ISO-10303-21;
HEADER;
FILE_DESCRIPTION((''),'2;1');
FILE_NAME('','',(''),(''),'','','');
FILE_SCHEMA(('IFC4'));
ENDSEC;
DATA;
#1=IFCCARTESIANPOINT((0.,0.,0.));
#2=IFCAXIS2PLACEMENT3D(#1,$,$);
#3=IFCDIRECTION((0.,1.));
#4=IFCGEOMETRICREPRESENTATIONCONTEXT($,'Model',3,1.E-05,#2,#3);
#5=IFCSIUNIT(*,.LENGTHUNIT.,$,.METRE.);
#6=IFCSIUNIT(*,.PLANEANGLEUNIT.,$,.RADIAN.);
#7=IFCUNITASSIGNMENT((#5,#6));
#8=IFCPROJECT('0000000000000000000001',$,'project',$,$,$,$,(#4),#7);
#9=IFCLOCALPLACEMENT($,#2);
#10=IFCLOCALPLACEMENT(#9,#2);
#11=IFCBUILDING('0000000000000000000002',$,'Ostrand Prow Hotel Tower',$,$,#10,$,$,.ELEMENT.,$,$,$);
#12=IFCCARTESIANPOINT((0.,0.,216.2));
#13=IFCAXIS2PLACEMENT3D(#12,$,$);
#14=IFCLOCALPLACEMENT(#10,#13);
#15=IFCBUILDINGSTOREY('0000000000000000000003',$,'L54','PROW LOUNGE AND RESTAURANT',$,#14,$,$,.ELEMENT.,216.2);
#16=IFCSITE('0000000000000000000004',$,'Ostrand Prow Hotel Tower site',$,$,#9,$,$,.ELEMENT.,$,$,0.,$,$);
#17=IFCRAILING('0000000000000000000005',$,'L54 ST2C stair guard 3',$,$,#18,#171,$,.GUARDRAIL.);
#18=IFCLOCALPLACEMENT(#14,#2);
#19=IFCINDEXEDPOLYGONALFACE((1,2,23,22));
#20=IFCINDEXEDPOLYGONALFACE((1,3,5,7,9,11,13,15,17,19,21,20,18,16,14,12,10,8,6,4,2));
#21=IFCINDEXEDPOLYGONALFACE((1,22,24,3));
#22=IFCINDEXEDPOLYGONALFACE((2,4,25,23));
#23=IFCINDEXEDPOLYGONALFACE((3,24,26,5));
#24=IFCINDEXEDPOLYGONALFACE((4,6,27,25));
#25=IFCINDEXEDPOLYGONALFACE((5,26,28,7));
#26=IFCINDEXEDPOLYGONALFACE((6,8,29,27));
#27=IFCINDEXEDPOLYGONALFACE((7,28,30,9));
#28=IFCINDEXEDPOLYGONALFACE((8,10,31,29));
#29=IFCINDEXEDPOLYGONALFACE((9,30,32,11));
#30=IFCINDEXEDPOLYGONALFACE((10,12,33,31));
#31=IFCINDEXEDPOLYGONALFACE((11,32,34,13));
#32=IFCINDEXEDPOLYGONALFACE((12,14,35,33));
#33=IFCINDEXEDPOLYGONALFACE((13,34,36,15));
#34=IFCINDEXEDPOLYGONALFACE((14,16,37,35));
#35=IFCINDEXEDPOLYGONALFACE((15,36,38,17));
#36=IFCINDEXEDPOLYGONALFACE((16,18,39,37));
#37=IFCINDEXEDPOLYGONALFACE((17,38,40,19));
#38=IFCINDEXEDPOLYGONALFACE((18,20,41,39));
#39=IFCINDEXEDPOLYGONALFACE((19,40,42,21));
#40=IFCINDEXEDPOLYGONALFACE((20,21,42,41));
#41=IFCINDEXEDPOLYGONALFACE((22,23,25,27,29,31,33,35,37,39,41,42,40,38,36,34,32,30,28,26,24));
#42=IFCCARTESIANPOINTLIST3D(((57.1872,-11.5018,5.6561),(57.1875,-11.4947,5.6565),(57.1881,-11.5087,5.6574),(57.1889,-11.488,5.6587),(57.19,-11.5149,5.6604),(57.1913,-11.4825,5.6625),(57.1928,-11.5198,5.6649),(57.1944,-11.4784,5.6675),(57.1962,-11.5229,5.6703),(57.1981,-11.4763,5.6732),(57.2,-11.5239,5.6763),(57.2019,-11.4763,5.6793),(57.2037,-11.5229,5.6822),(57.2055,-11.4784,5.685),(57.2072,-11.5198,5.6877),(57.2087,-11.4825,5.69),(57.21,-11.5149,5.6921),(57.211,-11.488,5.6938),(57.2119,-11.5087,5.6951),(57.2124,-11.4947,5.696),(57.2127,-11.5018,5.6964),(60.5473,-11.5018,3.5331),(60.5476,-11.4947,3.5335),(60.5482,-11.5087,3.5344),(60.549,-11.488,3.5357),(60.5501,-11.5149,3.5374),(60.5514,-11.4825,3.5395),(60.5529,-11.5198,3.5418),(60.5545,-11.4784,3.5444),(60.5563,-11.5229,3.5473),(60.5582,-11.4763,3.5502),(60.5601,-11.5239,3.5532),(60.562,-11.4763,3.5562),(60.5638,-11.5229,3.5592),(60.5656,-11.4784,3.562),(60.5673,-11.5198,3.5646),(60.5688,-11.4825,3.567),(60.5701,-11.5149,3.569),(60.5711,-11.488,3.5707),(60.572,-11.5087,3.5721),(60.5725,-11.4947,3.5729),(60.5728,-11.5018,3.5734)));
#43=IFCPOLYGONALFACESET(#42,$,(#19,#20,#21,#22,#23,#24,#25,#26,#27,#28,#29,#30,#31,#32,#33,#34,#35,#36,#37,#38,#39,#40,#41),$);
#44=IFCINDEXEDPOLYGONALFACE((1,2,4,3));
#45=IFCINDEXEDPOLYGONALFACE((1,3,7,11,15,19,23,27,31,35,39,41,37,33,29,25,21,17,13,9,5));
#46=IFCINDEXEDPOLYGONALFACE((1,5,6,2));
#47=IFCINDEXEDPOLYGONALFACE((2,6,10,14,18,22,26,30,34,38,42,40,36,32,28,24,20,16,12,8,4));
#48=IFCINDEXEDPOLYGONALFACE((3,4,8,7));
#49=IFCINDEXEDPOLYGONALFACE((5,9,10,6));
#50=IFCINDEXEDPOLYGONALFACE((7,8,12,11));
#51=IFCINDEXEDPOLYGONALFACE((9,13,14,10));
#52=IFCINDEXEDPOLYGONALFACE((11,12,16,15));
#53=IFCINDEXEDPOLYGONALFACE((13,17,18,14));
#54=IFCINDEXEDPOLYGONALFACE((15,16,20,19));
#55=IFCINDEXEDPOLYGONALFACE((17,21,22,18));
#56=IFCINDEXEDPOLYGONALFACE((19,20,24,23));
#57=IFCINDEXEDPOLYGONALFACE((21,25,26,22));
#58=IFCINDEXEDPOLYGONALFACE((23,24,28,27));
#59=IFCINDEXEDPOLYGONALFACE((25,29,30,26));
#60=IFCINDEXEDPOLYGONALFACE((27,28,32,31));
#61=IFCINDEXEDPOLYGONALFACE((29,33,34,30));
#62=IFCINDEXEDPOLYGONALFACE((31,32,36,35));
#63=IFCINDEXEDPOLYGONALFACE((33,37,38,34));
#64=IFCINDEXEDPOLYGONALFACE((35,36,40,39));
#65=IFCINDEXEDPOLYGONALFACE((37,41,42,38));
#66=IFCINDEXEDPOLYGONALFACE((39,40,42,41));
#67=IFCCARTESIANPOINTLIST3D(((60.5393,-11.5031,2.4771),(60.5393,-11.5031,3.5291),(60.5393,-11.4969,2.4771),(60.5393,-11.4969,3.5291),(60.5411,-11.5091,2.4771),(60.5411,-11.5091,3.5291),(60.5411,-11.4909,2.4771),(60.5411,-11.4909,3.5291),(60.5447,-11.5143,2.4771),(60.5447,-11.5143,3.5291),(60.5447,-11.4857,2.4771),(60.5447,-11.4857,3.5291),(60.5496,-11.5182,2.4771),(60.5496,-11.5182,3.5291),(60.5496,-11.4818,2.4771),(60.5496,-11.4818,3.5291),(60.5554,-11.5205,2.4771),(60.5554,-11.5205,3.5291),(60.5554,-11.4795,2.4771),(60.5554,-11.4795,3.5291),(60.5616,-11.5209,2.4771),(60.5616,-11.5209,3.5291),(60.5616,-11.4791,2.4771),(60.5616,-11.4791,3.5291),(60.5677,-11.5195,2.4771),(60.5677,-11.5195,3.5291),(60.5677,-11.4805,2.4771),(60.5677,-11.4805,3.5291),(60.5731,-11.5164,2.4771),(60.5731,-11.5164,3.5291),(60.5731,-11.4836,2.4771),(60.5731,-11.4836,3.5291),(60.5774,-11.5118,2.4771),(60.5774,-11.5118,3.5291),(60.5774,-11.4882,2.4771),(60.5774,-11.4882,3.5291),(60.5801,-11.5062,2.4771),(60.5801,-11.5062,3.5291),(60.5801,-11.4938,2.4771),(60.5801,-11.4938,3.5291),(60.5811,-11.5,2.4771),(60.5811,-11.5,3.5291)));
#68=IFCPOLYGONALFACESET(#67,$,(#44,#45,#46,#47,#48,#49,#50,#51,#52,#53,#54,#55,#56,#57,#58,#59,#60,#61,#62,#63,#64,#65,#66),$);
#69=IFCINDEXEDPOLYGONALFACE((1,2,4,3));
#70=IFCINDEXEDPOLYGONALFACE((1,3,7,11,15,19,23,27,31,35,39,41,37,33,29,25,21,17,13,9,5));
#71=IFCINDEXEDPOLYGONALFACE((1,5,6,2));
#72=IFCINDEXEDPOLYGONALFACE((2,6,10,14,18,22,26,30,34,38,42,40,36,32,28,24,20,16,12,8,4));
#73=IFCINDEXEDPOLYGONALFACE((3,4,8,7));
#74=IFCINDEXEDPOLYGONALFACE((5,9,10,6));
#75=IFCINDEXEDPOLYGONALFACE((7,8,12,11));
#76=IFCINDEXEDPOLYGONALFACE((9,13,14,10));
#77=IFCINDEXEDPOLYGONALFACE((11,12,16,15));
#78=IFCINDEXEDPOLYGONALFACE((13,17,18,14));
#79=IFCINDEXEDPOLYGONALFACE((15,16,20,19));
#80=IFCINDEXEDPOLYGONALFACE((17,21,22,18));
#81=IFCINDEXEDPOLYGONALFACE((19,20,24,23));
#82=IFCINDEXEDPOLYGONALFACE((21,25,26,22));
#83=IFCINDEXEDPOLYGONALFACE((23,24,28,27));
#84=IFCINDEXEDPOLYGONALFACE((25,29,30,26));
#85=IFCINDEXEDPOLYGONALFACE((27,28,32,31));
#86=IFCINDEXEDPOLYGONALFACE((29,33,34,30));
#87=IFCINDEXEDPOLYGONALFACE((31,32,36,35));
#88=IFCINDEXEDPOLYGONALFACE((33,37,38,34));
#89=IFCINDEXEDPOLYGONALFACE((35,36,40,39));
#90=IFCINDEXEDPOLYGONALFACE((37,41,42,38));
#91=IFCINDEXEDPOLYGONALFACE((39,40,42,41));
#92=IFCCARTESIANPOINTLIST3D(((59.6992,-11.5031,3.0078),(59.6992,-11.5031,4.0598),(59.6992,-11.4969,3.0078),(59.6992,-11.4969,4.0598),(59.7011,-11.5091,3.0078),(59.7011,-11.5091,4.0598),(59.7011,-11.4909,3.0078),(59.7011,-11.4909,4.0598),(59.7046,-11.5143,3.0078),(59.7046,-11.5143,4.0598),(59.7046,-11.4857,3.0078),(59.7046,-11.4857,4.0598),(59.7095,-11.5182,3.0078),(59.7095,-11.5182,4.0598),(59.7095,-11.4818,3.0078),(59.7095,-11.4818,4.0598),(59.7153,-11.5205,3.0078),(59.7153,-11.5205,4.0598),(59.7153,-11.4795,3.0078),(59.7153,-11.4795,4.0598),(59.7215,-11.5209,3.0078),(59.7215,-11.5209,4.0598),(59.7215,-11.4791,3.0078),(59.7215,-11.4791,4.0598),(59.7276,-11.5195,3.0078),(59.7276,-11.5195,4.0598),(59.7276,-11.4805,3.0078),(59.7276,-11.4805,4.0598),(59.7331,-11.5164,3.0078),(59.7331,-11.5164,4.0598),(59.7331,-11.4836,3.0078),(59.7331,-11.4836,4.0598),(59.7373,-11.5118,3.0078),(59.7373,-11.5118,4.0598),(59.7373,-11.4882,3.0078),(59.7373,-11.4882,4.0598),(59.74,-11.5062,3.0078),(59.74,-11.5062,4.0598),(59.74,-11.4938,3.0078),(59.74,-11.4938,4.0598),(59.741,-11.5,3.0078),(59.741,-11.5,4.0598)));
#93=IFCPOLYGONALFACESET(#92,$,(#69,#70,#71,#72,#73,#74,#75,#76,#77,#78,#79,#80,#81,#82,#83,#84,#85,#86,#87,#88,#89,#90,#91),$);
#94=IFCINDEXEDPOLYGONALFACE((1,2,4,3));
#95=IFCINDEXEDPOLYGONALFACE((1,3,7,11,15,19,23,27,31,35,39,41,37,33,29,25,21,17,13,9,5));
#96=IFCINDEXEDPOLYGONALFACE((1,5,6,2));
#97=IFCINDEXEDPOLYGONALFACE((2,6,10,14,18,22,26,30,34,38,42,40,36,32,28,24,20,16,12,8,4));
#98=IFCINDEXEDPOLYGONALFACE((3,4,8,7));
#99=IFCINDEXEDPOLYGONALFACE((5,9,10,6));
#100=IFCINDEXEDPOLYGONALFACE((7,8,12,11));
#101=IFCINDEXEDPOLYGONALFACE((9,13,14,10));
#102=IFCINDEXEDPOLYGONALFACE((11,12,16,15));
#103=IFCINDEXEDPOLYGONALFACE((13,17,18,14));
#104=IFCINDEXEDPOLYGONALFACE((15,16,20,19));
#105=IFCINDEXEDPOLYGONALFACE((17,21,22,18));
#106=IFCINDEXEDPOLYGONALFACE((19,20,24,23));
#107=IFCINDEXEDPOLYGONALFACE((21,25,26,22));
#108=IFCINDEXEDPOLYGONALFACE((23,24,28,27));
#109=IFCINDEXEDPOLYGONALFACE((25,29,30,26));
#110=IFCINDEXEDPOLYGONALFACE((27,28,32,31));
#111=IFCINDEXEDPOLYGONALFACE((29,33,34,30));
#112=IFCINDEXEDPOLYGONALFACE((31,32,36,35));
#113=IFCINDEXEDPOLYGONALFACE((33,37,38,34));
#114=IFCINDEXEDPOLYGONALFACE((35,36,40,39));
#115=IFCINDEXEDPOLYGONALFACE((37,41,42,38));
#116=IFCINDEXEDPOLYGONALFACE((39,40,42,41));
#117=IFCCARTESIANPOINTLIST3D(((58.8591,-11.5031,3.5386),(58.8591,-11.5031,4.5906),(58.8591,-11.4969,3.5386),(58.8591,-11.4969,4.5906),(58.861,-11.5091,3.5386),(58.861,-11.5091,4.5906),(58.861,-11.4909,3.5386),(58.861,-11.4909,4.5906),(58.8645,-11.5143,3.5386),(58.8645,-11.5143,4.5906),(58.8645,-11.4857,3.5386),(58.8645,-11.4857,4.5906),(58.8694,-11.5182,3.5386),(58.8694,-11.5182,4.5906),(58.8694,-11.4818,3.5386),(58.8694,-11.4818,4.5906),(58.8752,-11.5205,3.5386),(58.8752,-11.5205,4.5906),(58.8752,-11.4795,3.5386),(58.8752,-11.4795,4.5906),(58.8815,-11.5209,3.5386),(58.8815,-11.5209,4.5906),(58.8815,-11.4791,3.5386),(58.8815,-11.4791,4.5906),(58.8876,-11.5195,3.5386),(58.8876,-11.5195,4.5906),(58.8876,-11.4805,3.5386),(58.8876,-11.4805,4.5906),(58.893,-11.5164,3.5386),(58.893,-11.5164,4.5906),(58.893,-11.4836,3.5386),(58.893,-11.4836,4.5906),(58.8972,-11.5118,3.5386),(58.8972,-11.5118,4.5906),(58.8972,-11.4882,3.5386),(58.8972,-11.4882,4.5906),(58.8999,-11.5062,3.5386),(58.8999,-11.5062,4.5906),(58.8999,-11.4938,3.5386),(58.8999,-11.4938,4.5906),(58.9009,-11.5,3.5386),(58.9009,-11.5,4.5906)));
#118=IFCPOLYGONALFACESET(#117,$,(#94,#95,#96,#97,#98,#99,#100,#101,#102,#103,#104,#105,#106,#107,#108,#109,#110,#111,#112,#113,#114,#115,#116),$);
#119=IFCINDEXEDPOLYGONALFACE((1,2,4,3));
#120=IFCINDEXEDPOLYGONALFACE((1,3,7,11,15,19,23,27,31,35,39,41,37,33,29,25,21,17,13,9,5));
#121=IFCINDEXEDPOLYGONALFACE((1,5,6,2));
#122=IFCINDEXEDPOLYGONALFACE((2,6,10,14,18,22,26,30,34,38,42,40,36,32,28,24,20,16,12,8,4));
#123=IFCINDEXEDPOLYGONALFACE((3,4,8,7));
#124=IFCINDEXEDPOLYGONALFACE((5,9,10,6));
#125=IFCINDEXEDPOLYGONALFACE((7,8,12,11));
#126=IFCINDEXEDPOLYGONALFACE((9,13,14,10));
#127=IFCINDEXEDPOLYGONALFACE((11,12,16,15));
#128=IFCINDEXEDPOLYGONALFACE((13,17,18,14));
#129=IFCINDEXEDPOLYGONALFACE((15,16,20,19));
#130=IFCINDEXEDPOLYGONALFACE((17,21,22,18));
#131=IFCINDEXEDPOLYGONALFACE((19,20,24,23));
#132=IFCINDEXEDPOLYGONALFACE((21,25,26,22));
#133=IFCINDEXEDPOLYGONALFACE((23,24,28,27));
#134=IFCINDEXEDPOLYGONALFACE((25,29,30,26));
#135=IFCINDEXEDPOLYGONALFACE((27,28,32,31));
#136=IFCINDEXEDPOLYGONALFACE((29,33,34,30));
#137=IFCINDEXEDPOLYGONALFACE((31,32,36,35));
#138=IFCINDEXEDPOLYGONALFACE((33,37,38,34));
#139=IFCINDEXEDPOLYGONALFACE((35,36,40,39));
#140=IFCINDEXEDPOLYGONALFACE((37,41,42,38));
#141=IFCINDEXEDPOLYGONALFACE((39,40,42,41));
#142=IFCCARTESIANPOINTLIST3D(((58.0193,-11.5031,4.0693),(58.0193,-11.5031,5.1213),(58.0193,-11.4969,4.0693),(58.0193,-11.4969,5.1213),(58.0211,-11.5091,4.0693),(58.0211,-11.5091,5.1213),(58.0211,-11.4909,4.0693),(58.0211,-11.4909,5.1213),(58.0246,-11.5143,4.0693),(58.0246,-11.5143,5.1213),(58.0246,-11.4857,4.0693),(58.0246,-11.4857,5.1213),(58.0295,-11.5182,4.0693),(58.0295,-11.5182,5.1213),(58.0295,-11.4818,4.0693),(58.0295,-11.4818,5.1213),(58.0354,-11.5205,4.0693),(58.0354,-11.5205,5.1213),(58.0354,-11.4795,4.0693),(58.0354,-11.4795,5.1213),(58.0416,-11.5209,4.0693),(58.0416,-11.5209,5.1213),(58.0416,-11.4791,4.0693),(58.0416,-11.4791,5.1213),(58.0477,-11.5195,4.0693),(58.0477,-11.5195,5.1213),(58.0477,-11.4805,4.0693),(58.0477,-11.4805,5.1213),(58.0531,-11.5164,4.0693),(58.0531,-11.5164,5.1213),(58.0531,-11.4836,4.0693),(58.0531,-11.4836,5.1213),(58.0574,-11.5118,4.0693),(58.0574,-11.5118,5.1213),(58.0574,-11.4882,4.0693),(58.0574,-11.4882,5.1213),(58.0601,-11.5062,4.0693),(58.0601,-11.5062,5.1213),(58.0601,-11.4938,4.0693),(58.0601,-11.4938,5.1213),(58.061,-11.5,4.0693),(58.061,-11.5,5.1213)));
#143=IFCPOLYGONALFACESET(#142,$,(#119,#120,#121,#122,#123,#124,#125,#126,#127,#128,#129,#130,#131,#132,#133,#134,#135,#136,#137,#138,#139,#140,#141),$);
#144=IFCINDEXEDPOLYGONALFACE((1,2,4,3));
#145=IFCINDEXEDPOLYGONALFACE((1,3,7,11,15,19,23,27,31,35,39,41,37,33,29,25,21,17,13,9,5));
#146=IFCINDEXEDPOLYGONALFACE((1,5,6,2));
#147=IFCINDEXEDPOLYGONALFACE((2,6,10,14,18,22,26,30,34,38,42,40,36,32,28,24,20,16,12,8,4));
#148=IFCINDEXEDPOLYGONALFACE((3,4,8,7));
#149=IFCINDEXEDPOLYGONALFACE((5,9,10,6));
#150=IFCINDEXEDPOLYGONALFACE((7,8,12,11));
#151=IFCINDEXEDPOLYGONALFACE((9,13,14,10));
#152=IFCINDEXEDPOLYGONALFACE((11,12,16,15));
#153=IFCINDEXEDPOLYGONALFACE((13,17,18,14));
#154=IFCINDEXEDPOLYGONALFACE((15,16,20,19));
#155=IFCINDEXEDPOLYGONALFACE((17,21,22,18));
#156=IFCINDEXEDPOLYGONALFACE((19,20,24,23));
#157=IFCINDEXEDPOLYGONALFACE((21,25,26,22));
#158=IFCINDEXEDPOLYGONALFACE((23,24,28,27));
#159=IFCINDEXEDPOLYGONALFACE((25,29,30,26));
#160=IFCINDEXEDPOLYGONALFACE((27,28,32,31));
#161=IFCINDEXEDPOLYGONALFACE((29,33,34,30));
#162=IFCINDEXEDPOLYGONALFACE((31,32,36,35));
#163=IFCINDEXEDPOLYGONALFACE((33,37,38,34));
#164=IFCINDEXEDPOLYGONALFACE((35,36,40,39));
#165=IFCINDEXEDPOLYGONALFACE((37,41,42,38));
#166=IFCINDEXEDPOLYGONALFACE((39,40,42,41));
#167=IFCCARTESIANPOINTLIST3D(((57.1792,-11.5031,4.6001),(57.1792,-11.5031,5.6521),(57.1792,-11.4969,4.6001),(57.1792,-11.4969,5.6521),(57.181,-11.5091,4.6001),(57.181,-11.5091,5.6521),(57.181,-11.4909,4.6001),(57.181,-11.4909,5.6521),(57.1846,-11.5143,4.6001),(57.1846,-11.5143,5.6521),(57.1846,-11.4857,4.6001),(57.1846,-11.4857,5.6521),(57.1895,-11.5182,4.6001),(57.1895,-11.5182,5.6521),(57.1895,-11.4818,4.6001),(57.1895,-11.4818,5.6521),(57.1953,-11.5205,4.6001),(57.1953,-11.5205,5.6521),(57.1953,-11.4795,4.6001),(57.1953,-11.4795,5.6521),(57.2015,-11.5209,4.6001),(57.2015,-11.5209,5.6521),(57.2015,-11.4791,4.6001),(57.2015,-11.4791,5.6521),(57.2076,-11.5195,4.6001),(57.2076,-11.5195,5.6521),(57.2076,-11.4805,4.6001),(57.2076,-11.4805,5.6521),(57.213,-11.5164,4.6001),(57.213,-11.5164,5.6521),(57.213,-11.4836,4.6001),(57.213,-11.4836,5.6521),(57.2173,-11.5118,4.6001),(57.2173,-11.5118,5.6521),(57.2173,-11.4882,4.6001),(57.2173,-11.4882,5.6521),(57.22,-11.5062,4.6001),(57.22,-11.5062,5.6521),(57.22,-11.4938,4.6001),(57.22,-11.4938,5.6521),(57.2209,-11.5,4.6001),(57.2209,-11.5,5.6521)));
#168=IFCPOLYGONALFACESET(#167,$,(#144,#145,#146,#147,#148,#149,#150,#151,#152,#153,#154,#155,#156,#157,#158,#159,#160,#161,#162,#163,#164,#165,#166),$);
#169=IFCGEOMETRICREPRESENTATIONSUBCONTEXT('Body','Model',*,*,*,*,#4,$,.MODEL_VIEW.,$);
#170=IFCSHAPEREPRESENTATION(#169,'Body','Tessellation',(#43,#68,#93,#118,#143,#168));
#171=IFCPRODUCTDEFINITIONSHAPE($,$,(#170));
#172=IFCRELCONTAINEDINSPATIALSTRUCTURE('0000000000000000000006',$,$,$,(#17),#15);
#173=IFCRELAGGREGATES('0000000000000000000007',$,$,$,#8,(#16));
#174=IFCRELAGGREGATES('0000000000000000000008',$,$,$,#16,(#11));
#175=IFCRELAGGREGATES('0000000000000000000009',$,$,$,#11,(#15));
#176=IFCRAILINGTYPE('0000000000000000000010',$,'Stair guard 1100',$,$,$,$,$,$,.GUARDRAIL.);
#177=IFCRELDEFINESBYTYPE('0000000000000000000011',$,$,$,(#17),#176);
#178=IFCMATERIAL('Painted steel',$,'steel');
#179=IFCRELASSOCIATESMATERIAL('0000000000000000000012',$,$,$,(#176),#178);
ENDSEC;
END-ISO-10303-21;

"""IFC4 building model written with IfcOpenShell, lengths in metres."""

from ifc_helpers import new_model, si_unit, direction, frame, origin, origin_2d, place, context, subcontext, project, spatial, circle, extrude, material, type_object, element, save


model = new_model("IFC4")

# Units and contexts
model_context = context("Model", 3, precision=1e-05, world=origin(), true_north=direction((0.0, 1.0)))
body_context = subcontext(model_context, "Body", "Model", "MODEL_VIEW")
ifc_project = project(units=[si_unit("LENGTHUNIT", "METRE"), si_unit("PLANEANGLEUNIT", "RADIAN")], contexts=[model_context])

# Site, building, storey
site_placement = place(None, origin())
site = spatial("IfcSite", under=ifc_project, at=site_placement, Name="Ostrand Prow Hotel Tower site", CompositionType="ELEMENT", RefElevation=0.0)
building_placement = place(site_placement, origin())
building = spatial("IfcBuilding", under=site, at=building_placement, Name="Ostrand Prow Hotel Tower", CompositionType="ELEMENT")
storey_placement = place(building_placement, frame((0.0, 0.0, 216.2)))
storey = spatial("IfcBuildingStorey", under=building, at=storey_placement, Name="L54", Description="PROW LOUNGE AND RESTAURANT", CompositionType="ELEMENT", Elevation=216.2)

# Railing
ifc_material_1 = material(Name="Painted steel", Category="steel")
railing_type_1 = type_object("IfcRailingType", Name="Stair guard 1100", PredefinedType="GUARDRAIL", material=ifc_material_1)
railing_1_placement = place(storey_placement, frame((60.5601, -11.5, 2.4771)))
element("IfcRailing", 1, at=railing_1_placement, inside=storey, type_object=railing_type_1, Name="L54 ST2C stair guard 3", PredefinedType="GUARDRAIL", context=body_context, shape_type="SweptSolid", body=[
    extrude(circle(Radius=0.0239, at=origin_2d()), frame((0.0, 0.0, 1.0762), z_axis=(-0.84539, 0.0, 0.53415), x_axis=(0.0, -1.0, 0.0)), (0.0, 0.0, 1.0), 3.9746),
    extrude(circle(Radius=0.021, at=origin_2d()), origin(), (0.0, 0.0, 1.0), 1.052),
    extrude(circle(Radius=0.021, at=origin_2d()), frame((-0.8401, 0.0, 0.5308)), (0.0, 0.0, 1.0), 1.052),
    extrude(circle(Radius=0.021, at=origin_2d()), frame((-1.6802, 0.0, 1.0615)), (0.0, 0.0, 1.0), 1.052),
    extrude(circle(Radius=0.021, at=origin_2d()), frame((-2.52, 0.0, 1.5923)), (0.0, 0.0, 1.0), 1.052),
    extrude(circle(Radius=0.021, at=origin_2d()), frame((-3.3601, 0.0, 2.123)), (0.0, 0.0, 1.0), 1.052),
])

save(model, "model.ifc")
